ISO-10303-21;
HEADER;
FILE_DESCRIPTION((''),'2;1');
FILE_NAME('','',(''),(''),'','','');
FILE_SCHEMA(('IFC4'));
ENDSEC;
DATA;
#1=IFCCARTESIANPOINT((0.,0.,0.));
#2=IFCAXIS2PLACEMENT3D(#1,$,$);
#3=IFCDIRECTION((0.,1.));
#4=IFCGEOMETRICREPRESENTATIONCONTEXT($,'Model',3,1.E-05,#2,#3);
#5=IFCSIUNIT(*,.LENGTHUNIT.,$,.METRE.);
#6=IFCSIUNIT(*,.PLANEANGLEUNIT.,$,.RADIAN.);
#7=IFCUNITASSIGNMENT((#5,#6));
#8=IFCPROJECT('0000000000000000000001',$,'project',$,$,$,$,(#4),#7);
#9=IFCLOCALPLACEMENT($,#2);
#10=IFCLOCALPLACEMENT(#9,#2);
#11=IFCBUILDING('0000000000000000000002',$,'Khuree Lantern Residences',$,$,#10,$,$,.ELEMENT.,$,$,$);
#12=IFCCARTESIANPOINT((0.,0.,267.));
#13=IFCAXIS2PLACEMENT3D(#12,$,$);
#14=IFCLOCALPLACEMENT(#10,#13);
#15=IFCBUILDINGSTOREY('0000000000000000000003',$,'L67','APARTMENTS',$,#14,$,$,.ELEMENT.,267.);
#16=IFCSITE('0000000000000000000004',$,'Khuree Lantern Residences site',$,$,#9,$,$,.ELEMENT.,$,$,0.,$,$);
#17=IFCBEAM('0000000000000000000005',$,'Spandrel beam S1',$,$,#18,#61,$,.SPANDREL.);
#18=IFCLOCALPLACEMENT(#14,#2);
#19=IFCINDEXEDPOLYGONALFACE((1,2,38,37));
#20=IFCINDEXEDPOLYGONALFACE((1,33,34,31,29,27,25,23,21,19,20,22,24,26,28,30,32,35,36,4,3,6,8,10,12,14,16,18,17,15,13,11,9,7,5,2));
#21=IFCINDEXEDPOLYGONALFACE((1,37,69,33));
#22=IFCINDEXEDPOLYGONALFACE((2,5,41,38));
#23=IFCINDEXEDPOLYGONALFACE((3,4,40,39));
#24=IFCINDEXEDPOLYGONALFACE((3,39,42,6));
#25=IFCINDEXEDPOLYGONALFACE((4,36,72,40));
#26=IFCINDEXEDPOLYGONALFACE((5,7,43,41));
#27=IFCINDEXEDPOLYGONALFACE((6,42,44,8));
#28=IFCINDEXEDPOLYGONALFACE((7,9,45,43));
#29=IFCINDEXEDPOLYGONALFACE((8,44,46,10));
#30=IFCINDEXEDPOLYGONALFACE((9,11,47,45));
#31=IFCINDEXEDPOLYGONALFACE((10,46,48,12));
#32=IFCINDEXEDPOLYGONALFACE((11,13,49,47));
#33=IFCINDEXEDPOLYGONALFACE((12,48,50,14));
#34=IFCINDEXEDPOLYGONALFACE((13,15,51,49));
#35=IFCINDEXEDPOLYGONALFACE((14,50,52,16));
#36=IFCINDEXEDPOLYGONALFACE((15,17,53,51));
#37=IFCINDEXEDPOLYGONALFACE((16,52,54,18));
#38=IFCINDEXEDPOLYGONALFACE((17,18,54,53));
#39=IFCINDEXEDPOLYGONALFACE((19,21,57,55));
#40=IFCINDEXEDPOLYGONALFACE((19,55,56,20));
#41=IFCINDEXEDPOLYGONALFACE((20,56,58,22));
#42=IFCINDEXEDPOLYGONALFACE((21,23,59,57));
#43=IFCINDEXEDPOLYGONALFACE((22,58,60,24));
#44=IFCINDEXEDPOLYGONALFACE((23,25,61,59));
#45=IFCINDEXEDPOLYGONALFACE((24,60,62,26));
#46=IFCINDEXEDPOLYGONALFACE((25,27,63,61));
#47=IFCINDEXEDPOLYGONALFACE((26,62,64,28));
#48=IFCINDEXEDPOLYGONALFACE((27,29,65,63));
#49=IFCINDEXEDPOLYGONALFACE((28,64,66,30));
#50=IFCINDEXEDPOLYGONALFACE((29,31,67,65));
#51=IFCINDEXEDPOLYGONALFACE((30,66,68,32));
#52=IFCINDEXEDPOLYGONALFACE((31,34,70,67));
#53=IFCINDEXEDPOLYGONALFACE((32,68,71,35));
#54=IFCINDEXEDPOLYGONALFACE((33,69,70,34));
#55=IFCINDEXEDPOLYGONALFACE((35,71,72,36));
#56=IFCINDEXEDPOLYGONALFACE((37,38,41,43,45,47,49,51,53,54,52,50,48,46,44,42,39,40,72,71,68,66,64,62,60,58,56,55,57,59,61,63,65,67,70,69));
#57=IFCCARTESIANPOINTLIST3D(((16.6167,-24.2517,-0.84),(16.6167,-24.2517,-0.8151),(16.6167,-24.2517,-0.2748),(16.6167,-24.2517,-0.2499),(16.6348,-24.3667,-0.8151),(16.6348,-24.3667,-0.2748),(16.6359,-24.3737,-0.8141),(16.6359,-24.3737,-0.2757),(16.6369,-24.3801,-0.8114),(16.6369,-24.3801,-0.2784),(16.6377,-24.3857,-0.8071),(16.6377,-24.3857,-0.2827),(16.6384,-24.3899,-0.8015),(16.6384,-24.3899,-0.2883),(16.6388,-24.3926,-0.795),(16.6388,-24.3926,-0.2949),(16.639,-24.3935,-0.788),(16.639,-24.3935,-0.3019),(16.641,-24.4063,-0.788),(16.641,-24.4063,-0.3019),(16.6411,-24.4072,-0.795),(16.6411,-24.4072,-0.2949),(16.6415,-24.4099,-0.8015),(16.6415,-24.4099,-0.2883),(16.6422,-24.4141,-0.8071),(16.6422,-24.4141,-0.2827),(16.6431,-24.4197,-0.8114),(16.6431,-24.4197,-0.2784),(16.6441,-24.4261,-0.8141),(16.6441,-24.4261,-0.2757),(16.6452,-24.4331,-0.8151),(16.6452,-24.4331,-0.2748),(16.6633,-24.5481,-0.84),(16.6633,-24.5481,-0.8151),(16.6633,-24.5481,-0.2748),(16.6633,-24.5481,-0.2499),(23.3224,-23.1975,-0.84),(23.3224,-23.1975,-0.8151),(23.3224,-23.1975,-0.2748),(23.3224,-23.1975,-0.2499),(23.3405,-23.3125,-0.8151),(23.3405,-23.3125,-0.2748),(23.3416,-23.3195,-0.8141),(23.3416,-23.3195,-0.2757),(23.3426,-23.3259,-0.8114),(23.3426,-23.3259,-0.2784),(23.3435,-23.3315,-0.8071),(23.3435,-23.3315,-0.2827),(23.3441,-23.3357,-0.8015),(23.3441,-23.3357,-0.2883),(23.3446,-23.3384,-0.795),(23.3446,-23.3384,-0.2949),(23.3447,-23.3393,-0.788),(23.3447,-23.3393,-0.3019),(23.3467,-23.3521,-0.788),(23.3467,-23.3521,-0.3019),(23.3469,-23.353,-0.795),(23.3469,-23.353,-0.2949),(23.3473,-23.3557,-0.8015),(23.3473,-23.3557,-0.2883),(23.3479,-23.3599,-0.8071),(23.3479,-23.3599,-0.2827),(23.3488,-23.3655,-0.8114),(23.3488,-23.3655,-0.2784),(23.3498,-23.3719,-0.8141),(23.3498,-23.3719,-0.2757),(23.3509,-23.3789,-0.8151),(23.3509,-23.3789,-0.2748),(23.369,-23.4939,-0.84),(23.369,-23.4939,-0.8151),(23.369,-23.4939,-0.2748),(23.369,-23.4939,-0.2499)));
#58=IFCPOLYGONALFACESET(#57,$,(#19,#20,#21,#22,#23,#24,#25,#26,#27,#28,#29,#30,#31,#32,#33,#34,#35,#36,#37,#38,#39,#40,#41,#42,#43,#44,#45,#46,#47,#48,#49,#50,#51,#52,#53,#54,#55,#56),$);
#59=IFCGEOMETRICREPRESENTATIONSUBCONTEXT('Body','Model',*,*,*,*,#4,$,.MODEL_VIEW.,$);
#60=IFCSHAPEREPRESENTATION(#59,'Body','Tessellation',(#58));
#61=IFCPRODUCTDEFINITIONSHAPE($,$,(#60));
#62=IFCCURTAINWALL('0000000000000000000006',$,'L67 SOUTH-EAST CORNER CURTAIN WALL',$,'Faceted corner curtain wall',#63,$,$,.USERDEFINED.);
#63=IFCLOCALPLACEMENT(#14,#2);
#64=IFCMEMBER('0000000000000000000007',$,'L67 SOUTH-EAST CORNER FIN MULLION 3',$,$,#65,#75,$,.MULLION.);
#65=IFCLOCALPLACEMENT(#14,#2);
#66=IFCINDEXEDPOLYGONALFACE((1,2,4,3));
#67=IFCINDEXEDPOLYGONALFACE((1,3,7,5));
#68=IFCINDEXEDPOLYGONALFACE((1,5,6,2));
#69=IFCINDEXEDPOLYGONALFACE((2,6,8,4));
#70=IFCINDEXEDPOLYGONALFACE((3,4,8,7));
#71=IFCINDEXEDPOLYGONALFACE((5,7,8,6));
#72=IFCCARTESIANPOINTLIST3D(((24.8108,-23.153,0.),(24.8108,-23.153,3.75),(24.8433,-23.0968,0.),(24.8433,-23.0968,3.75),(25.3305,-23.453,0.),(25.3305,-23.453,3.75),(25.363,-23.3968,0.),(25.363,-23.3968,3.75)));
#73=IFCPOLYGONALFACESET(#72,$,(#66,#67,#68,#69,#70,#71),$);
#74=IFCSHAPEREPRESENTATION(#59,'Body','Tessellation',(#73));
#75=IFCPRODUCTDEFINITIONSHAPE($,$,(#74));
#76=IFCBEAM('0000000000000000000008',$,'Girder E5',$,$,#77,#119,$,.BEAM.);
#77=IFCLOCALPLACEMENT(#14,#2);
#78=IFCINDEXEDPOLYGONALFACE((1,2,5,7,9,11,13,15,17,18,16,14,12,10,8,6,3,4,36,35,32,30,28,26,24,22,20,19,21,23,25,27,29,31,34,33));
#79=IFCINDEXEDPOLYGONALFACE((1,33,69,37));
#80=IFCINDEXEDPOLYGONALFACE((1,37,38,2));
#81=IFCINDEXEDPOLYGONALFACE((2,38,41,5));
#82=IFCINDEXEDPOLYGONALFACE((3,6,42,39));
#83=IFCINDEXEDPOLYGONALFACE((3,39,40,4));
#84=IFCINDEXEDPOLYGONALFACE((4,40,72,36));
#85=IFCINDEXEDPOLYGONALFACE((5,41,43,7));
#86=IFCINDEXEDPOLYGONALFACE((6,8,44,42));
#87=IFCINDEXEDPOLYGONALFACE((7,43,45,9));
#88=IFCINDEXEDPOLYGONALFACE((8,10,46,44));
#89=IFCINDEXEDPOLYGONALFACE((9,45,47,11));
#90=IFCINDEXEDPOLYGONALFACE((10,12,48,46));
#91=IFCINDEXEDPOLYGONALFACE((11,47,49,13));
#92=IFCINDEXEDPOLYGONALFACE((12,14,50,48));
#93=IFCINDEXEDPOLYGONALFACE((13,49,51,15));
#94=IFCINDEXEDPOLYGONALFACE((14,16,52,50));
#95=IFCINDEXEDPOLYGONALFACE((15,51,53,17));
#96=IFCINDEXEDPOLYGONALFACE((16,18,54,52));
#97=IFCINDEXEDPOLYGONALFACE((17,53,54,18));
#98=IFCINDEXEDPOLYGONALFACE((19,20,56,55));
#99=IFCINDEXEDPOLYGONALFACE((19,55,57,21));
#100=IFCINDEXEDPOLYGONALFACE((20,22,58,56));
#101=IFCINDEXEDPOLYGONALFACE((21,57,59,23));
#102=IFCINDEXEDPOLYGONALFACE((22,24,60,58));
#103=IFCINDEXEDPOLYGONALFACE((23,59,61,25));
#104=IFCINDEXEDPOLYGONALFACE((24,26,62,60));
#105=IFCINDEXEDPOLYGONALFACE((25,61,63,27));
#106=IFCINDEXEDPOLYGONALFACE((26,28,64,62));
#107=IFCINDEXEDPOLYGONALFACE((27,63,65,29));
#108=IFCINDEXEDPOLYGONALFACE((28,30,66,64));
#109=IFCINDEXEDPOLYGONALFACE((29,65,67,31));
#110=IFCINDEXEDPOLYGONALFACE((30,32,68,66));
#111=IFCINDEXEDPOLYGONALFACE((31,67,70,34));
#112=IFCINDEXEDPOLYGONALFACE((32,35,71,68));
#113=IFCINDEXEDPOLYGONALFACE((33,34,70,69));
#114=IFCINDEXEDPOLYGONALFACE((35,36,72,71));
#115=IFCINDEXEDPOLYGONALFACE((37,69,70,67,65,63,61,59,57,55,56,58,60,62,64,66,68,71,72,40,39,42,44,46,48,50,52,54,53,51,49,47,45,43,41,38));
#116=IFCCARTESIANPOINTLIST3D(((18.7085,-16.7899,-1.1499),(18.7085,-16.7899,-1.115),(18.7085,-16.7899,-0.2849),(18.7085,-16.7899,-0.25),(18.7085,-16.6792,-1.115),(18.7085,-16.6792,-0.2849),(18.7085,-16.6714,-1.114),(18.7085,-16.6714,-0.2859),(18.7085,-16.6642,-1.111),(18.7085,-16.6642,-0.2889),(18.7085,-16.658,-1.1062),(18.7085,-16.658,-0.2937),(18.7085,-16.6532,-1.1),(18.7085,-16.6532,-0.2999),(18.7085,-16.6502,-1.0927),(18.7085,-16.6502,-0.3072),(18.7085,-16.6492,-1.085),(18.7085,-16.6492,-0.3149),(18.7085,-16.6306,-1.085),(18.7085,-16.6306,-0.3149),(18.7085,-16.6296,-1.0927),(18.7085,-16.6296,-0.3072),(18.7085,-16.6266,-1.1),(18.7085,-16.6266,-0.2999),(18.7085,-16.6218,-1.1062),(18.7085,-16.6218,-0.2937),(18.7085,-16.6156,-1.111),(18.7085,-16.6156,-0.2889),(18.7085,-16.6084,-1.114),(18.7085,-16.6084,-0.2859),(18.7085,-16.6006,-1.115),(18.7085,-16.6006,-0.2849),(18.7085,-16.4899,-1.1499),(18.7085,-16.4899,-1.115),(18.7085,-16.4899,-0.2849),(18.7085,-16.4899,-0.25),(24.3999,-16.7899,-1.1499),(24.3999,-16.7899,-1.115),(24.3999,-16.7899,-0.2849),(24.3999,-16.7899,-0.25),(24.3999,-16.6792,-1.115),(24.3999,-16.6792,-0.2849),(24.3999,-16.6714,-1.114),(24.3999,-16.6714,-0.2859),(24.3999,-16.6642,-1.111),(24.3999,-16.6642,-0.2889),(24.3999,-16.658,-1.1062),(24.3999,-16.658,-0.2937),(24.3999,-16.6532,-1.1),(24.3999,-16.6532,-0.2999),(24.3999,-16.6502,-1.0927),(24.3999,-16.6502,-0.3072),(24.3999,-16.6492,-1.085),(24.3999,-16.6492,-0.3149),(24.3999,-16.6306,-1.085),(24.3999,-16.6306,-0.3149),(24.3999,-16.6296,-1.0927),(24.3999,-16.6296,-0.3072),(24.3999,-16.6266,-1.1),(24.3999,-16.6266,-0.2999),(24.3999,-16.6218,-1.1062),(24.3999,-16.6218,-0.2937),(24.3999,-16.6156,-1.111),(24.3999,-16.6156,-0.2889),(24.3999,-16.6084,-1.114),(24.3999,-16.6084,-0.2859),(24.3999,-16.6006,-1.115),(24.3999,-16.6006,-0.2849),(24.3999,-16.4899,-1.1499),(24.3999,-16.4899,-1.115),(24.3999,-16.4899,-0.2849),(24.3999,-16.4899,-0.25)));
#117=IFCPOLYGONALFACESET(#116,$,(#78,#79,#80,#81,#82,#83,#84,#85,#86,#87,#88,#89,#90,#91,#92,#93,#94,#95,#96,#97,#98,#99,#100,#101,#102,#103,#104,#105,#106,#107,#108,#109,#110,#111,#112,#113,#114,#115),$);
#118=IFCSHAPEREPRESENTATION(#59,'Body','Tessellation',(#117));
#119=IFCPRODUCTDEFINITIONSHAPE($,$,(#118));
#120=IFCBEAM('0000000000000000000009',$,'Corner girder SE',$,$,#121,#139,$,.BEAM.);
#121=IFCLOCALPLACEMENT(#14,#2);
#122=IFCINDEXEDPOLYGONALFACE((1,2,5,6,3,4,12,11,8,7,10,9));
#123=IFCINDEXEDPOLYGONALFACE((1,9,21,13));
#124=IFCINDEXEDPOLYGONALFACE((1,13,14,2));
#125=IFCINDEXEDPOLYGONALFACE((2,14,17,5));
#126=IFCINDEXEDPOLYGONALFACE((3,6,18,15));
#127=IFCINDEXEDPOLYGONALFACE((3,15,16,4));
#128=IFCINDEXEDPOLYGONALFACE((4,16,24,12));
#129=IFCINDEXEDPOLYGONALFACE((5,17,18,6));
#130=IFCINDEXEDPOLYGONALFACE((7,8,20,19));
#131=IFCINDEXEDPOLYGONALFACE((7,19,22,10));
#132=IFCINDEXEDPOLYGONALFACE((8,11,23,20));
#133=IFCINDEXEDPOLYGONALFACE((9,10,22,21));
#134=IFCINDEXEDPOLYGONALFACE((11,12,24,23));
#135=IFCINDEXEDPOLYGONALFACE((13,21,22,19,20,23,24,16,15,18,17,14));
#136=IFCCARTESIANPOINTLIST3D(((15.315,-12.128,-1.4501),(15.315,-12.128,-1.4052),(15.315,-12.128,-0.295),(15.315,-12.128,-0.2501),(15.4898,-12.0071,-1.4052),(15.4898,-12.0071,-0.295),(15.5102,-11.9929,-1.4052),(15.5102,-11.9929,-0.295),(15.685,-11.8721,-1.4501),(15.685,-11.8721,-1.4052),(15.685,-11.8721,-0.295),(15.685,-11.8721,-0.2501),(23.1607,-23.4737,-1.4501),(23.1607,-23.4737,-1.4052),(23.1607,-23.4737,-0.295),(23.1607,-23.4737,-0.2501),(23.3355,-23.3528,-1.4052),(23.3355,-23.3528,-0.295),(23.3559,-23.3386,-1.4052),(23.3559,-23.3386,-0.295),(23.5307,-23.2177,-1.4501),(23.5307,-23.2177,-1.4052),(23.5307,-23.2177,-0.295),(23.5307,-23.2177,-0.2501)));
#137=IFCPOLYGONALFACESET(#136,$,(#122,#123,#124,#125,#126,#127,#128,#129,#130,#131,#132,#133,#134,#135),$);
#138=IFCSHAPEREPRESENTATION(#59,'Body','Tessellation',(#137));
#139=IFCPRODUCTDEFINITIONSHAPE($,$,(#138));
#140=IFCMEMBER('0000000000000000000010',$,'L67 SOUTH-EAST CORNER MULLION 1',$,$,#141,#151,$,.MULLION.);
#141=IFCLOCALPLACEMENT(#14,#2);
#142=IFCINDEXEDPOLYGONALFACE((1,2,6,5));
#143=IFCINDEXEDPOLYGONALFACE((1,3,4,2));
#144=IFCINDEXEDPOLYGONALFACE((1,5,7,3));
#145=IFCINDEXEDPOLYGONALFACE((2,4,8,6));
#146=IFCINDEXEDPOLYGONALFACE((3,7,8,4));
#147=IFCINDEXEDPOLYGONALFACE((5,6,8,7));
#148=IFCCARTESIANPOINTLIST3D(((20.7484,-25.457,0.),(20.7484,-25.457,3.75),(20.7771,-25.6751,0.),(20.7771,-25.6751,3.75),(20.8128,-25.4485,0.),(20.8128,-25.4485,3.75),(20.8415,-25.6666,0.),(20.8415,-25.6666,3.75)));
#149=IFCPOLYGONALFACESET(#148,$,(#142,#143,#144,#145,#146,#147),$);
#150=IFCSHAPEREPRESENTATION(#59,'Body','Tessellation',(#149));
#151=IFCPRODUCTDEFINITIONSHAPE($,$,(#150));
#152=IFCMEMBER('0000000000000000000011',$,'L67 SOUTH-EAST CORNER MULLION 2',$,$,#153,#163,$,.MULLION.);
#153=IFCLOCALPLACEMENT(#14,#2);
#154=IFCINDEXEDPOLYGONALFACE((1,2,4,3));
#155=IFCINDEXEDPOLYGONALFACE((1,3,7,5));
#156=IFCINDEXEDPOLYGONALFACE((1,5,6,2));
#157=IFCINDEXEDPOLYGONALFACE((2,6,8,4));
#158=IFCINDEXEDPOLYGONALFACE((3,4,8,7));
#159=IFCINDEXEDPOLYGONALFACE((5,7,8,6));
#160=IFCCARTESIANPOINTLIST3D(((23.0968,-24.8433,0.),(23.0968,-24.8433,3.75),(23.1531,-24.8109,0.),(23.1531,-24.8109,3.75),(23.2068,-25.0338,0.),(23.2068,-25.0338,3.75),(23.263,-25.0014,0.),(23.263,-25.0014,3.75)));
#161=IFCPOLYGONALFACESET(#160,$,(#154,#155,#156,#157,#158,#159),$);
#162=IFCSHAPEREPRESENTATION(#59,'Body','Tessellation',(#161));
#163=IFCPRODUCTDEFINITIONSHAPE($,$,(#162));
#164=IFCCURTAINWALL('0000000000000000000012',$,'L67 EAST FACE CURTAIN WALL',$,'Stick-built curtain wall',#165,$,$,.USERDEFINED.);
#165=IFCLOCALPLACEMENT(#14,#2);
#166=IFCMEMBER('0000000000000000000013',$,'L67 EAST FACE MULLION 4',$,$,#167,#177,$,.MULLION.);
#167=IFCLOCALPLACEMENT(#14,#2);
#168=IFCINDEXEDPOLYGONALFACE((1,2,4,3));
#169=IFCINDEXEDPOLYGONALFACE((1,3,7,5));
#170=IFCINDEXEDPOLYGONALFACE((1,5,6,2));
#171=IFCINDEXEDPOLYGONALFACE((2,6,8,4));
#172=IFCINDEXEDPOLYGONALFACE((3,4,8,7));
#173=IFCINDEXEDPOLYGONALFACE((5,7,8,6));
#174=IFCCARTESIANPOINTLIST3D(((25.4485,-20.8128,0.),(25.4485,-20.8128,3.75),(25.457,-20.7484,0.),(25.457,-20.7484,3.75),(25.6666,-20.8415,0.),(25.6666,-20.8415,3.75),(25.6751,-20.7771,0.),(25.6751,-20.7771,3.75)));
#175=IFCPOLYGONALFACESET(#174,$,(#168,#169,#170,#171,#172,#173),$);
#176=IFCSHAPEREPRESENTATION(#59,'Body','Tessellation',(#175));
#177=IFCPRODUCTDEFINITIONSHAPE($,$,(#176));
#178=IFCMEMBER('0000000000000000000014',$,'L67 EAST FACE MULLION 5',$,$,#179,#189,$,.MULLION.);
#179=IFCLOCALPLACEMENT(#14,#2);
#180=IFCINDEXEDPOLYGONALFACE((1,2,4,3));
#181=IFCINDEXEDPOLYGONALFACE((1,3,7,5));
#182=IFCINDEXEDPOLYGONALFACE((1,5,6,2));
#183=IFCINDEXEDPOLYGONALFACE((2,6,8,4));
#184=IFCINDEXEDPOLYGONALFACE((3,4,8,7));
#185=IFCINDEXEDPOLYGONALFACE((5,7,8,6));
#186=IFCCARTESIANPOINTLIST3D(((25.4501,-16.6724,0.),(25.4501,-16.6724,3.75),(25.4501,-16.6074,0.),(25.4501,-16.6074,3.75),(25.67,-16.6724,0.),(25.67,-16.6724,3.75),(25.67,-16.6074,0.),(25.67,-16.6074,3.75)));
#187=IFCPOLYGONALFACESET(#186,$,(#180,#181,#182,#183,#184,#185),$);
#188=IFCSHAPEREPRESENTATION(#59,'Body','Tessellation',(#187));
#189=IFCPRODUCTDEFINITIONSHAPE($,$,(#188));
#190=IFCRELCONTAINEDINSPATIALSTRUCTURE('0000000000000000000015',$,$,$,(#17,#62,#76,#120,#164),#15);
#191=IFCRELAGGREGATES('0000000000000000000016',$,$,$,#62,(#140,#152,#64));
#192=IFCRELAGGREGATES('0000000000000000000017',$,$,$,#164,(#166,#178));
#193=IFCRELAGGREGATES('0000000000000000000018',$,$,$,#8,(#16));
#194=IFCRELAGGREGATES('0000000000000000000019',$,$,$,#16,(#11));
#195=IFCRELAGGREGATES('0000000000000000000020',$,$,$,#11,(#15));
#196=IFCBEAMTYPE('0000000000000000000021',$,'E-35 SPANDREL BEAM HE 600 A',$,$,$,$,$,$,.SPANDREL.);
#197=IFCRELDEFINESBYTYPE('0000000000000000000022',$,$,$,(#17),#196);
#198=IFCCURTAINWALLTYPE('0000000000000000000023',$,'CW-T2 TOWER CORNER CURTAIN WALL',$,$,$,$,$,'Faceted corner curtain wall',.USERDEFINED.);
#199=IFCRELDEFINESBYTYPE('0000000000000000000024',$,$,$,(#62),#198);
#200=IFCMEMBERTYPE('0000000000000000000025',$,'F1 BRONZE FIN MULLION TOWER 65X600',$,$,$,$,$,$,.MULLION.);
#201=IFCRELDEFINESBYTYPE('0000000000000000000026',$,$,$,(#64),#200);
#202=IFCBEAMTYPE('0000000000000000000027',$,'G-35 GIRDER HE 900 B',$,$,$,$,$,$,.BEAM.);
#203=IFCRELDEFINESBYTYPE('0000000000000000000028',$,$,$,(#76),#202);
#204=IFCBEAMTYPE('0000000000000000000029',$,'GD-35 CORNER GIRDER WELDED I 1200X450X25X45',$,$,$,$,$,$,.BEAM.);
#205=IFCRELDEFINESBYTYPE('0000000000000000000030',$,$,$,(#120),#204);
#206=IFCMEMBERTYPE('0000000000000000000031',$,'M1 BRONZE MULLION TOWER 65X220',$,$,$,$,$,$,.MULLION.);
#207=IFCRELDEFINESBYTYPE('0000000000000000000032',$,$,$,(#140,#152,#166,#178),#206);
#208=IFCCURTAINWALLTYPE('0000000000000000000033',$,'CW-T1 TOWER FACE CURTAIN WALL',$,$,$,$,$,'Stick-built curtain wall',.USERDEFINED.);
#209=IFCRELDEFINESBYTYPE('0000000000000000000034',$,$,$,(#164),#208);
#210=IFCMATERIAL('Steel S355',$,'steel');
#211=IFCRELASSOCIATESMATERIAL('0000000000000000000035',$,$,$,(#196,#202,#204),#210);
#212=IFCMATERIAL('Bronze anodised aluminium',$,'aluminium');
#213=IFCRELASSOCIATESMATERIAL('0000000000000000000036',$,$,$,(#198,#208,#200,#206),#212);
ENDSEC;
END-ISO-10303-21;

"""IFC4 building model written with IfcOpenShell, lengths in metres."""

from ifc_helpers import new_model, si_unit, direction, frame, origin, origin_2d, place, context, subcontext, project, spatial, rectangle, i_section, extrude, material, material_profile, profile_set, type_object, element, aggregate, save


model = new_model("IFC4")

# Units and contexts
model_context = context("Model", 3, precision=1e-05, world=origin(), true_north=direction((0.0, 1.0)))
body_context = subcontext(model_context, "Body", "Model", "MODEL_VIEW")
ifc_project = project(units=[si_unit("LENGTHUNIT", "METRE"), si_unit("PLANEANGLEUNIT", "RADIAN")], contexts=[model_context])

# Site, building, storey
site_placement = place(None, origin())
site = spatial("IfcSite", under=ifc_project, at=site_placement, Name="Khuree Lantern Residences site", CompositionType="ELEMENT", RefElevation=0.0)
building_placement = place(site_placement, origin())
building = spatial("IfcBuilding", under=site, at=building_placement, Name="Khuree Lantern Residences", CompositionType="ELEMENT")
storey_placement = place(building_placement, frame((0.0, 0.0, 267.0)))
storey = spatial("IfcBuildingStorey", under=building, at=storey_placement, Name="L67", Description="APARTMENTS", CompositionType="ELEMENT", Elevation=267.0)

# Beam
ifc_material_1 = material(Name="Steel S355", Category="steel")
ifc_material_profile_1 = material_profile(ifc_material_1, i_section(OverallWidth=0.3, OverallDepth=0.5901, WebThickness=0.0129, FlangeThickness=0.0249, FilletRadius=0.0271, at=origin_2d()), Name="HE 600 A")
ifc_profile_set_1 = profile_set([ifc_material_profile_1], Name="Steel S355")
beam_type_1 = type_object("IfcBeamType", Name="E-35 SPANDREL BEAM HE 600 A", PredefinedType="SPANDREL", material=ifc_profile_set_1)
for number, where, z_axis, x_axis, name in (
    (1, (23.3457, -23.3457, -0.5449), (-0.987867, -0.1553, 0.0), (0.1553, -0.987867, 0.0), "Spandrel beam S1"),
):
    element("IfcBeam", number, at=place(storey_placement, frame(where, z_axis=z_axis, x_axis=x_axis)), inside=storey, type_object=beam_type_1, Name=name, PredefinedType="SPANDREL", context=body_context, shape_type="SweptSolid", body=[
        extrude(i_section(OverallWidth=0.3, OverallDepth=0.5901, WebThickness=0.0129, FlangeThickness=0.0249, FilletRadius=0.0271, at=origin_2d()), origin(), (0.0, 0.0, 1.0), 6.7881),
    ])

# Curtain wall, member
ifc_material_2 = material(Name="Bronze anodised aluminium", Category="aluminium")
curtain_wall_type_1 = type_object("IfcCurtainWallType", Name="CW-T2 TOWER CORNER CURTAIN WALL", ElementType="Faceted corner curtain wall", PredefinedType="USERDEFINED", material=ifc_material_2)
curtain_wall_1_placement = place(storey_placement, origin())
curtain_wall_1 = element("IfcCurtainWall", 2, at=curtain_wall_1_placement, inside=storey, type_object=curtain_wall_type_1, Name="L67 SOUTH-EAST CORNER CURTAIN WALL", ObjectType="Faceted corner curtain wall", PredefinedType="USERDEFINED")
ifc_material_profile_2 = material_profile(ifc_material_2, rectangle(XDim=0.0649, YDim=0.6001, at=origin_2d()), Name="F1 65X600")
ifc_profile_set_2 = profile_set([ifc_material_profile_2], Name="Bronze anodised aluminium")
member_type_1 = type_object("IfcMemberType", Name="F1 BRONZE FIN MULLION TOWER 65X600", PredefinedType="MULLION", material=ifc_profile_set_2)
member_1_placement = place(storey_placement, frame((25.0869, -23.2749, 0.0), z_axis=(0.0, 0.0, 1.0), x_axis=(0.5, 0.866025, 0.0)))
member_1 = element("IfcMember", 3, at=member_1_placement, type_object=member_type_1, Name="L67 SOUTH-EAST CORNER FIN MULLION 3", PredefinedType="MULLION", context=body_context, shape_type="SweptSolid", body=[
    extrude(rectangle(XDim=0.0649, YDim=0.6001, at=origin_2d()), origin(), (0.0, 0.0, 1.0), 3.75),
])

# Beams
ifc_material_profile_3 = material_profile(ifc_material_1, i_section(OverallWidth=0.3, OverallDepth=0.8999, WebThickness=0.0186, FlangeThickness=0.0349, FilletRadius=0.03, at=origin_2d()), Name="HE 900 B")
ifc_profile_set_3 = profile_set([ifc_material_profile_3], Name="Steel S355")
beam_type_2 = type_object("IfcBeamType", Name="G-35 GIRDER HE 900 B", PredefinedType="BEAM", material=ifc_profile_set_3)
beam_1_placement = place(storey_placement, frame((24.3999, -16.6399, -0.7), z_axis=(-1.0, 0.0, 0.0), x_axis=(0.0, -1.0, 0.0)))
element("IfcBeam", 4, at=beam_1_placement, inside=storey, type_object=beam_type_2, Name="Girder E5", PredefinedType="BEAM", context=body_context, shape_type="SweptSolid", body=[
    extrude(i_section(OverallWidth=0.3, OverallDepth=0.8999, WebThickness=0.0186, FlangeThickness=0.0349, FilletRadius=0.03, at=origin_2d()), origin(), (0.0, 0.0, 1.0), 5.6914),
])
ifc_material_profile_4 = material_profile(ifc_material_1, i_section(OverallWidth=0.45, OverallDepth=1.2, WebThickness=0.0249, FlangeThickness=0.0449, at=origin_2d()), Name="WELDED I 1200X450X25X45")
ifc_profile_set_4 = profile_set([ifc_material_profile_4], Name="Steel S355")
beam_type_3 = type_object("IfcBeamType", Name="GD-35 CORNER GIRDER WELDED I 1200X450X25X45", PredefinedType="BEAM", material=ifc_profile_set_4)
beam_2_placement = place(storey_placement, frame((23.3457, -23.3457, -0.8501), z_axis=(-0.568768, 0.822498, 0.0), x_axis=(-0.822498, -0.568768, 0.0)))
element("IfcBeam", 5, at=beam_2_placement, inside=storey, type_object=beam_type_3, Name="Corner girder SE", PredefinedType="BEAM", context=body_context, shape_type="SweptSolid", body=[
    extrude(i_section(OverallWidth=0.45, OverallDepth=1.2, WebThickness=0.0249, FlangeThickness=0.0449, at=origin_2d()), origin(), (0.0, 0.0, 1.0), 13.7942),
])

# Members
ifc_material_profile_5 = material_profile(ifc_material_2, rectangle(XDim=0.0649, YDim=0.22, at=origin_2d()), Name="M1 65X220")
ifc_profile_set_5 = profile_set([ifc_material_profile_5], Name="Bronze anodised aluminium")
member_type_2 = type_object("IfcMemberType", Name="M1 BRONZE MULLION TOWER 65X220", PredefinedType="MULLION", material=ifc_profile_set_5)
member_2_placement = place(storey_placement, frame((20.7949, -25.5618, 0.0), z_axis=(0.0, 0.0, 1.0), x_axis=(0.991445, 0.130526, 0.0)))
member_2 = element("IfcMember", 6, at=member_2_placement, type_object=member_type_2, Name="L67 SOUTH-EAST CORNER MULLION 1", PredefinedType="MULLION", context=body_context, shape_type="SweptSolid", body=[
    extrude(rectangle(XDim=0.0649, YDim=0.22, at=origin_2d()), origin(), (0.0, 0.0, 1.0), 3.75),
])
member_3_placement = place(storey_placement, frame((23.1799, -24.9224, 0.0), z_axis=(0.0, 0.0, 1.0), x_axis=(0.866025, 0.5, 0.0)))
member_3 = element("IfcMember", 7, at=member_3_placement, type_object=member_type_2, Name="L67 SOUTH-EAST CORNER MULLION 2", PredefinedType="MULLION", context=body_context, shape_type="SweptSolid", body=[
    extrude(rectangle(XDim=0.0649, YDim=0.22, at=origin_2d()), origin(), (0.0, 0.0, 1.0), 3.75),
])

# Curtain wall, members
curtain_wall_type_2 = type_object("IfcCurtainWallType", Name="CW-T1 TOWER FACE CURTAIN WALL", ElementType="Stick-built curtain wall", PredefinedType="USERDEFINED", material=ifc_material_2)
curtain_wall_2_placement = place(storey_placement, origin())
curtain_wall_2 = element("IfcCurtainWall", 8, at=curtain_wall_2_placement, inside=storey, type_object=curtain_wall_type_2, Name="L67 EAST FACE CURTAIN WALL", ObjectType="Stick-built curtain wall", PredefinedType="USERDEFINED")
member_4_placement = place(storey_placement, frame((25.5618, -20.7949, 0.0), z_axis=(0.0, 0.0, 1.0), x_axis=(0.130526, 0.991445, 0.0)))
member_4 = element("IfcMember", 9, at=member_4_placement, type_object=member_type_2, Name="L67 EAST FACE MULLION 4", PredefinedType="MULLION", context=body_context, shape_type="SweptSolid", body=[
    extrude(rectangle(XDim=0.0649, YDim=0.22, at=origin_2d()), origin(), (0.0, 0.0, 1.0), 3.75),
])
member_5_placement = place(storey_placement, frame((25.5601, -16.6399, 0.0), z_axis=(0.0, 0.0, 1.0), x_axis=(0.0, 1.0, 0.0)))
member_5 = element("IfcMember", 10, at=member_5_placement, type_object=member_type_2, Name="L67 EAST FACE MULLION 5", PredefinedType="MULLION", context=body_context, shape_type="SweptSolid", body=[
    extrude(rectangle(XDim=0.0649, YDim=0.22, at=origin_2d()), origin(), (0.0, 0.0, 1.0), 3.75),
])

aggregate(curtain_wall_1, [member_2, member_3, member_1])
aggregate(curtain_wall_2, [member_4, member_5])

save(model, "model.ifc")
